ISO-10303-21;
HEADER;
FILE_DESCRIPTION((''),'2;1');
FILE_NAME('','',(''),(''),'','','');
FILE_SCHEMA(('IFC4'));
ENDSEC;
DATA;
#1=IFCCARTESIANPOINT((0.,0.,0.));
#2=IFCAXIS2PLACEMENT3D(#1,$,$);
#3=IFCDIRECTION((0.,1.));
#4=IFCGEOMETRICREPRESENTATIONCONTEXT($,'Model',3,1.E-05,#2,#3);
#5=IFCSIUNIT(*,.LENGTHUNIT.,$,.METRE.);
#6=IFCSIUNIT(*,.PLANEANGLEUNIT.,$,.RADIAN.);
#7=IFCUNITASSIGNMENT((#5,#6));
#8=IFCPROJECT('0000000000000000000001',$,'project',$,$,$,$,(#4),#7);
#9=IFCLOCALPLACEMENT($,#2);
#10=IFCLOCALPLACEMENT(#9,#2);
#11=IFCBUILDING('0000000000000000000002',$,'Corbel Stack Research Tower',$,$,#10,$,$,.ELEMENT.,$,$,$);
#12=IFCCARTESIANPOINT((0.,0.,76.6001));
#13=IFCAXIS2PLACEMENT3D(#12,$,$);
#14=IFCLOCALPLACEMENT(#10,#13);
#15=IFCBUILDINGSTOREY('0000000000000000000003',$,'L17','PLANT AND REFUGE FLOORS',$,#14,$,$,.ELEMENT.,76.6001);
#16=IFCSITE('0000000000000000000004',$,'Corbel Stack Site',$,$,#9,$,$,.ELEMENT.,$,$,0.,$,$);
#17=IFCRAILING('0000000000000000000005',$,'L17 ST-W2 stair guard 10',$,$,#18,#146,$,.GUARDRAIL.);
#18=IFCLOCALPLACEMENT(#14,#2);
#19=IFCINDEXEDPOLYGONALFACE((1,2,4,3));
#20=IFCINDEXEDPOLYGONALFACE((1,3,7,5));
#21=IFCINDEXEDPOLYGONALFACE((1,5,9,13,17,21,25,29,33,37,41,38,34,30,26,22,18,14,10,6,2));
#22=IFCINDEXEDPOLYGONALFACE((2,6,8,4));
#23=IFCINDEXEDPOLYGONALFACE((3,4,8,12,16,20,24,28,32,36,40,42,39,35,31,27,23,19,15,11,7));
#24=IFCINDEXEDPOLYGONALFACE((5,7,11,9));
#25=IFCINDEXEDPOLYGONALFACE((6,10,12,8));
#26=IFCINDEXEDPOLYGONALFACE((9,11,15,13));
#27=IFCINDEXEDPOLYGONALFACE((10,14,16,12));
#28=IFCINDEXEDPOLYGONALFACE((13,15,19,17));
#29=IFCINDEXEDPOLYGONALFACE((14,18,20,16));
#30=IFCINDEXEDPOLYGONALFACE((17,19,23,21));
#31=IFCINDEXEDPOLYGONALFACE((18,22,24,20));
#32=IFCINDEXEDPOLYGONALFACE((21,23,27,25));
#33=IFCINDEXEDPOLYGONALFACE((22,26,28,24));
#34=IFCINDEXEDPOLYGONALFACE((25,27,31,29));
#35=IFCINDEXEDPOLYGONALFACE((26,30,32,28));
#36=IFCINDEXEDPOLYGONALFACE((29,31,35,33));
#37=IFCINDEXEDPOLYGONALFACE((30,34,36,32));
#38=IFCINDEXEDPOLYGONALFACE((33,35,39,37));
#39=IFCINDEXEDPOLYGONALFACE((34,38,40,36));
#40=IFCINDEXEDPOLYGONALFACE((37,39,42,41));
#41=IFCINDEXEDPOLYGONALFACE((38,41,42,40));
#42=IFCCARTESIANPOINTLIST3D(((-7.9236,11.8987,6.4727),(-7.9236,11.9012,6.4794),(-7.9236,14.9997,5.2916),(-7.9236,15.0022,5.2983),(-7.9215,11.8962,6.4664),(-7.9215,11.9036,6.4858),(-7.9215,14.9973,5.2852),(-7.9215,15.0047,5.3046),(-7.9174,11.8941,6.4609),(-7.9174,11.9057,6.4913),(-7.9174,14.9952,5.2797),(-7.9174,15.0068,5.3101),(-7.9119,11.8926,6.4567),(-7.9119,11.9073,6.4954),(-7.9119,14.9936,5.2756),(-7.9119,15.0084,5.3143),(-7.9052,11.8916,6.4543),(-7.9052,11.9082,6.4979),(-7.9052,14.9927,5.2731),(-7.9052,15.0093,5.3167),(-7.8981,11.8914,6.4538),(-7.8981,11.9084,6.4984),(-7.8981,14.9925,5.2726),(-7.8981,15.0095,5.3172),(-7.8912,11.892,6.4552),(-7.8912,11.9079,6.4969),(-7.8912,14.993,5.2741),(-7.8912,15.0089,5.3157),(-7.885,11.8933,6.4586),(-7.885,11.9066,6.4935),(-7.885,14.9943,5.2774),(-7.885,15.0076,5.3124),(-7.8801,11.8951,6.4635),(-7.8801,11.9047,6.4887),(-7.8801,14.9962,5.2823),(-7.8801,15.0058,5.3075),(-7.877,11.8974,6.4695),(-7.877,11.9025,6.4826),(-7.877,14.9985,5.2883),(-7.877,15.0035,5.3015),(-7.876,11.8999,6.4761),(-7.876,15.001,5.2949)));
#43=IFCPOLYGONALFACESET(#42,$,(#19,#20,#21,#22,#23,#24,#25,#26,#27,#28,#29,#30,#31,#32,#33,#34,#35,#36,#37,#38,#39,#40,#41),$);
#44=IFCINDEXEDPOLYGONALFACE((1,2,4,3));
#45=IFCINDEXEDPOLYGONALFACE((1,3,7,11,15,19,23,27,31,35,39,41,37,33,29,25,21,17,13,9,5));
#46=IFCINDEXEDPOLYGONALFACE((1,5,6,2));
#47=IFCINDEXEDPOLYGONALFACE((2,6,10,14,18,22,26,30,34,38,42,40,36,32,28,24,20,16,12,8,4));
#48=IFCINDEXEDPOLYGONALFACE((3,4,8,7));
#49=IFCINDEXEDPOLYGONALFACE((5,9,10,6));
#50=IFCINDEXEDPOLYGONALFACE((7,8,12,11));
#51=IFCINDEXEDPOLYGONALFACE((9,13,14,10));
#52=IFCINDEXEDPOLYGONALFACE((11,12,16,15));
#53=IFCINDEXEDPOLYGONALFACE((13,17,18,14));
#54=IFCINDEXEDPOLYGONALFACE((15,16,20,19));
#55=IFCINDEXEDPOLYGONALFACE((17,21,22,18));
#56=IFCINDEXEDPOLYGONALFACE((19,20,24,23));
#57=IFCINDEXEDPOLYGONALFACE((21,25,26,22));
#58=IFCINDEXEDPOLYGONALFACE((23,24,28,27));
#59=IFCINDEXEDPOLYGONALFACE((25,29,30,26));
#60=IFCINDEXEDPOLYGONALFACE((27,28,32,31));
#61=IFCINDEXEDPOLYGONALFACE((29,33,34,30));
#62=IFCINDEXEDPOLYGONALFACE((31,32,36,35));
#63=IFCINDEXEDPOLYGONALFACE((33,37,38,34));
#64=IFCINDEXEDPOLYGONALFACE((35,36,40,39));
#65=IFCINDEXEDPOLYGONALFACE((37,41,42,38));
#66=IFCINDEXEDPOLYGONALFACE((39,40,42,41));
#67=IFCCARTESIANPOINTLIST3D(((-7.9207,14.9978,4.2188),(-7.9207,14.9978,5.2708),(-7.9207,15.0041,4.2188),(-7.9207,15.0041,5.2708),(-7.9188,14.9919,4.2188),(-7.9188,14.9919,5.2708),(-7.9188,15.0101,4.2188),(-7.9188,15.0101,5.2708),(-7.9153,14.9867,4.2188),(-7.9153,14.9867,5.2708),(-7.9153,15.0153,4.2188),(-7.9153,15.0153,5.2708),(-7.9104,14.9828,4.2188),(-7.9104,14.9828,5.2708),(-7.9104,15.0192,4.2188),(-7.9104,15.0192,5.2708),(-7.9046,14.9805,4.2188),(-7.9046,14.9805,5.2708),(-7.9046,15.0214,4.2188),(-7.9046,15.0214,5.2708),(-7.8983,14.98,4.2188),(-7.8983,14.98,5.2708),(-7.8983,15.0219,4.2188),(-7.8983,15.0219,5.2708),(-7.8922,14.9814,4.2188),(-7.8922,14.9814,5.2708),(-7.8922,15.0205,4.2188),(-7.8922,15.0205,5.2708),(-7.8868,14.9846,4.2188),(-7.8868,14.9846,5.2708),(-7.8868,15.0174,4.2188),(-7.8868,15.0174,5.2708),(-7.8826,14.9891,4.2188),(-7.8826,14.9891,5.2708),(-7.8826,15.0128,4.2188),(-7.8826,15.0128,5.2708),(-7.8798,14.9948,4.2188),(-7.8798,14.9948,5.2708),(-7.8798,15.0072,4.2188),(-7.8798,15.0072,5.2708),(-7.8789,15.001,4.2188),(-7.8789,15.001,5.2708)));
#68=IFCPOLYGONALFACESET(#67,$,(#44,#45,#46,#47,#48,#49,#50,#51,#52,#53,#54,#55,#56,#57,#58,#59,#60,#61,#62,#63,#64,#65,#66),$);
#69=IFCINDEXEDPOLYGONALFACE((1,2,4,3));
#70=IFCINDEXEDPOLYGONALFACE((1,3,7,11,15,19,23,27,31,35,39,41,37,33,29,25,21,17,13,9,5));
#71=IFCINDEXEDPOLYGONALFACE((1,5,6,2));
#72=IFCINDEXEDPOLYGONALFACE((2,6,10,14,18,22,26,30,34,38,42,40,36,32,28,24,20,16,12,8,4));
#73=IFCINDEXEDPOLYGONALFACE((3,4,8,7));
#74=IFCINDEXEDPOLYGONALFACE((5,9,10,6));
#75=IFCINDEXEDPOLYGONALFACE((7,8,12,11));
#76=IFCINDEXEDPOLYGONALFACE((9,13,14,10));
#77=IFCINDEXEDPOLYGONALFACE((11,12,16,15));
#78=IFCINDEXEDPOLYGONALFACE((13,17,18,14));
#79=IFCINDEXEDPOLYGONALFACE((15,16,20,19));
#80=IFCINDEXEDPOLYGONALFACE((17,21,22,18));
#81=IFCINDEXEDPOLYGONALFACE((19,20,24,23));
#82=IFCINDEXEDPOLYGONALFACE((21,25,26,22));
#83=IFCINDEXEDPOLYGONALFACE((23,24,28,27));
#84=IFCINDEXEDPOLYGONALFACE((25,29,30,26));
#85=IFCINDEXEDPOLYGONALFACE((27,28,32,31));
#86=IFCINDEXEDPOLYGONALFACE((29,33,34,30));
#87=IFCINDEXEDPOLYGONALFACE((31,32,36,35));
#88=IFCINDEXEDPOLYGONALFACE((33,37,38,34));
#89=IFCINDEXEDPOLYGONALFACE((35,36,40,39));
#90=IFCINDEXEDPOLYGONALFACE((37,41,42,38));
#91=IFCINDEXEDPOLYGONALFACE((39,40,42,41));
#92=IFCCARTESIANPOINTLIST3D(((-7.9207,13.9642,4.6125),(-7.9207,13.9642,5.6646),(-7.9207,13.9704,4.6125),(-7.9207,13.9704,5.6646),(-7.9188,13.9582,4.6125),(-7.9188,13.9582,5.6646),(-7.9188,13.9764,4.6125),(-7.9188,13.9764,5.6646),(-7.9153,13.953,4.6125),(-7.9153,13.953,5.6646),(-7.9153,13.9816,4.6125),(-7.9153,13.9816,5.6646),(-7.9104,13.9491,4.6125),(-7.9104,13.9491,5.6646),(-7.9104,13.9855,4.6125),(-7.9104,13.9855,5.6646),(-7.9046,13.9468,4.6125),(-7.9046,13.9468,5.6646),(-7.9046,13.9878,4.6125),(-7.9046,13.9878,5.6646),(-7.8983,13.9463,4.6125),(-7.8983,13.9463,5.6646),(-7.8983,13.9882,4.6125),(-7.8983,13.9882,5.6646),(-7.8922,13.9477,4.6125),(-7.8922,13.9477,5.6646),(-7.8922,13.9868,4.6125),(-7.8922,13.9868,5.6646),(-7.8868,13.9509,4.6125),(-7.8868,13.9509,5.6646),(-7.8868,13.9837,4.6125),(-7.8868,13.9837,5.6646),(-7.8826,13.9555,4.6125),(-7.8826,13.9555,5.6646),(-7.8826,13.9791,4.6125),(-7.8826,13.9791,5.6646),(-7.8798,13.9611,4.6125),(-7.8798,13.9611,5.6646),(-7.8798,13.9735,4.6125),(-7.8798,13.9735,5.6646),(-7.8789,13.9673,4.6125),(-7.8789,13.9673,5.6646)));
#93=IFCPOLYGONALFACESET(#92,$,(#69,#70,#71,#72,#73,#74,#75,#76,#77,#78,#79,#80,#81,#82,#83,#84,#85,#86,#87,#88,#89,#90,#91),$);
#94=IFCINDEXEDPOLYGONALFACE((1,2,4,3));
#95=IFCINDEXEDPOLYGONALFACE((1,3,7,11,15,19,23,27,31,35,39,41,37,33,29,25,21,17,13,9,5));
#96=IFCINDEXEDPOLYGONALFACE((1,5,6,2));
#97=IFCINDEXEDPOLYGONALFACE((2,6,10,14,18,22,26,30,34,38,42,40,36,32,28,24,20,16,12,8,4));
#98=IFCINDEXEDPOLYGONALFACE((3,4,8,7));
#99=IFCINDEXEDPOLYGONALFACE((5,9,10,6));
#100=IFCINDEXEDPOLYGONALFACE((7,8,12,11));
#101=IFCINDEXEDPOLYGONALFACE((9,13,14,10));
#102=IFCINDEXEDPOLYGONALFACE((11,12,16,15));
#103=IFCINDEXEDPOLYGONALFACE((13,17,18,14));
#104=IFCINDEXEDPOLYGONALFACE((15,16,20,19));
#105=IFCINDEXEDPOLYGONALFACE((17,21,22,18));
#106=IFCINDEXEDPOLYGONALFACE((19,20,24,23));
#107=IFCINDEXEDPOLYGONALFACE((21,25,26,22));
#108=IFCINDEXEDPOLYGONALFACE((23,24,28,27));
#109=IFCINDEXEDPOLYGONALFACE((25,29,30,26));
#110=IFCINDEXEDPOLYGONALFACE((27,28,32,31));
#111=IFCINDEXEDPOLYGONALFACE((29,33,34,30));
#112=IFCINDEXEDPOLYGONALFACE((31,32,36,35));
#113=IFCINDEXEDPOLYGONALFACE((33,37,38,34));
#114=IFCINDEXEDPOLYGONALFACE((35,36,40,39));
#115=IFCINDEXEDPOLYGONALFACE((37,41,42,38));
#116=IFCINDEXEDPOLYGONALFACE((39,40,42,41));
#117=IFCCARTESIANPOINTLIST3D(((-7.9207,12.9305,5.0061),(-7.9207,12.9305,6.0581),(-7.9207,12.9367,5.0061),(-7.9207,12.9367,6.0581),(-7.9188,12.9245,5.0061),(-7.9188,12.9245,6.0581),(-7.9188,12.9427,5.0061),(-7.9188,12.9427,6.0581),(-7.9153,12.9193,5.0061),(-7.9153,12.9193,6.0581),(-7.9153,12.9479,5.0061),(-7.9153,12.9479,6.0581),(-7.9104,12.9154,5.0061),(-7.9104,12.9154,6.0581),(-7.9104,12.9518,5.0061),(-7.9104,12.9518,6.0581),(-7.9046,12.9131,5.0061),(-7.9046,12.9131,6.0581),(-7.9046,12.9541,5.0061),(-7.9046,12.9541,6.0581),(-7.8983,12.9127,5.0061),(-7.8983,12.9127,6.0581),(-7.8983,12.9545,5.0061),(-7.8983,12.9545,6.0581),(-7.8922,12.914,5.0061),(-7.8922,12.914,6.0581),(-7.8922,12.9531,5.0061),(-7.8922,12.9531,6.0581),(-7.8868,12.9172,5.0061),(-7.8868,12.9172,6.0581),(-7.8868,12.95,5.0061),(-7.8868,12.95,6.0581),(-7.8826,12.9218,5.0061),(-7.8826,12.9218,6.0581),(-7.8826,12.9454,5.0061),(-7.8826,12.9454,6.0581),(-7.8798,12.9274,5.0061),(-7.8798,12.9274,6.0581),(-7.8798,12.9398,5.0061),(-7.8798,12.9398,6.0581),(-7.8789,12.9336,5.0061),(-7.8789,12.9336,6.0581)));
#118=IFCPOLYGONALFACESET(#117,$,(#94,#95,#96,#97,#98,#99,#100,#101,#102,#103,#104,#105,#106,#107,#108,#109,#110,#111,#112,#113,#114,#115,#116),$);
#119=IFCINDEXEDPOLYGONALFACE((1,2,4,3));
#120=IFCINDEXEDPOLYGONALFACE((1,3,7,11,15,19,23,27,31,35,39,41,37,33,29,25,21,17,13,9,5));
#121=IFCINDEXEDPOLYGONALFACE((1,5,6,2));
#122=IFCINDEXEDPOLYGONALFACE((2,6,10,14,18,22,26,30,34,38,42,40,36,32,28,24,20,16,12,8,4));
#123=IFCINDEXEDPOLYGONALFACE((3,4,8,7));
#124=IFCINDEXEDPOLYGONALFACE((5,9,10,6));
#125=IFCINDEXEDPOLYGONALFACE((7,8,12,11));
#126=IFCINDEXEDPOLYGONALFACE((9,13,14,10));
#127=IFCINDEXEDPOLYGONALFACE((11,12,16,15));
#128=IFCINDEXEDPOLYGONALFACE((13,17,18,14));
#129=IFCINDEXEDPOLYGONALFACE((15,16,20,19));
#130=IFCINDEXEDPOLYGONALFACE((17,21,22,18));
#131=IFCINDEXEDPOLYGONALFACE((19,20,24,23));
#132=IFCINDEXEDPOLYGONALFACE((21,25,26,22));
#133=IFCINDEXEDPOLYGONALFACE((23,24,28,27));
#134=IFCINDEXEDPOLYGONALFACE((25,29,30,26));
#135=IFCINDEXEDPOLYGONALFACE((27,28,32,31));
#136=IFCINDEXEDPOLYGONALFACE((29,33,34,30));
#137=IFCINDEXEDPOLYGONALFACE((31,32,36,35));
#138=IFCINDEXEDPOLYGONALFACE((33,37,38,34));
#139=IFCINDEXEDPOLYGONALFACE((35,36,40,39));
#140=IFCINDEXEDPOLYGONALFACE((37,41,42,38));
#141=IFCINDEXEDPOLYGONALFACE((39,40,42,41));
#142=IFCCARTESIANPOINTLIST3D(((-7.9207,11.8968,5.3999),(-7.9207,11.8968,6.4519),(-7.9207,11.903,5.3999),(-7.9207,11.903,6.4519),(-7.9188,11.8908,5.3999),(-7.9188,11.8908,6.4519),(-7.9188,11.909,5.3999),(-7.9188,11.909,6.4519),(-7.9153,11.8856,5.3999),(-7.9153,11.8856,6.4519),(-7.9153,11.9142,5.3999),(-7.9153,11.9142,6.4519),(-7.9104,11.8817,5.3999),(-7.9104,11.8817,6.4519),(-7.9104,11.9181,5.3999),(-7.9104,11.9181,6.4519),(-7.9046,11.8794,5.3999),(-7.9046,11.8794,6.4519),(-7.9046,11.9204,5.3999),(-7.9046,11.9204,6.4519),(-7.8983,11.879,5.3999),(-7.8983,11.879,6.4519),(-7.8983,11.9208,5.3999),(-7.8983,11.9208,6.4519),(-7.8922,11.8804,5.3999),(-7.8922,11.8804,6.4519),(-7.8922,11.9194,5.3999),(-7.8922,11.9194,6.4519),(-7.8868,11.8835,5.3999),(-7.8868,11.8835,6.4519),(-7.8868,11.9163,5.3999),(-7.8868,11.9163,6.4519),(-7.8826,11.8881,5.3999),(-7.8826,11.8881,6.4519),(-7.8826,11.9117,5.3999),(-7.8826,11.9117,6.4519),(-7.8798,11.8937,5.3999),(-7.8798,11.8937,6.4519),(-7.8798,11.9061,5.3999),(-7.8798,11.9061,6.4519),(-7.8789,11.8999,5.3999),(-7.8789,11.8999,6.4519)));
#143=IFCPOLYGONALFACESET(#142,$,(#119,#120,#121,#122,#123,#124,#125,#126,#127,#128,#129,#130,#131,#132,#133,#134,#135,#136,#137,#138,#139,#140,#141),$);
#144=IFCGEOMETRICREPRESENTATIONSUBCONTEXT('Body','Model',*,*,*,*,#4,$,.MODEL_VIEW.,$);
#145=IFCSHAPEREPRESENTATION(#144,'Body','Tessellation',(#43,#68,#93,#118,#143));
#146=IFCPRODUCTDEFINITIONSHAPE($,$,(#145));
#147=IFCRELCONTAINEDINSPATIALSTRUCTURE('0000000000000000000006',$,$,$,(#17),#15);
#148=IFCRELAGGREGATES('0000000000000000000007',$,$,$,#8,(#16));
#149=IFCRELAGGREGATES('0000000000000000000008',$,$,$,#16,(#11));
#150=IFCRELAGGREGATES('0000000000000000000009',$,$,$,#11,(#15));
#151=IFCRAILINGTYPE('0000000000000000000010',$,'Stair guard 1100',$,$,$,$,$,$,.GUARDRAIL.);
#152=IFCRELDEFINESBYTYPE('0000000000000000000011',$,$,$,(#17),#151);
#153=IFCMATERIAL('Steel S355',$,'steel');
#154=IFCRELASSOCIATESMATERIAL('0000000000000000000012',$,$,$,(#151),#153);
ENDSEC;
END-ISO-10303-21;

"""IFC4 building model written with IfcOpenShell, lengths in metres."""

from ifc_helpers import new_model, si_unit, direction, frame, origin, origin_2d, place, context, subcontext, project, spatial, circle, extrude, material, type_object, element, save


model = new_model("IFC4")

# Units and contexts
model_context = context("Model", 3, precision=1e-05, world=origin(), true_north=direction((0.0, 1.0)))
body_context = subcontext(model_context, "Body", "Model", "MODEL_VIEW")
ifc_project = project(units=[si_unit("LENGTHUNIT", "METRE"), si_unit("PLANEANGLEUNIT", "RADIAN")], contexts=[model_context])

# Site, building, storey
site_placement = place(None, origin())
site = spatial("IfcSite", under=ifc_project, at=site_placement, Name="Corbel Stack Site", CompositionType="ELEMENT", RefElevation=0.0)
building_placement = place(site_placement, origin())
building = spatial("IfcBuilding", under=site, at=building_placement, Name="Corbel Stack Research Tower", CompositionType="ELEMENT")
storey_placement = place(building_placement, frame((0.0, 0.0, 76.6001)))
storey = spatial("IfcBuildingStorey", under=building, at=storey_placement, Name="L17", Description="PLANT AND REFUGE FLOORS", CompositionType="ELEMENT", Elevation=76.6001)

# Railing
ifc_material_1 = material(Name="Steel S355", Category="steel")
railing_type_1 = type_object("IfcRailingType", Name="Stair guard 1100", PredefinedType="GUARDRAIL", material=ifc_material_1)
railing_1_placement = place(storey_placement, frame((-7.8999, 15.001, 4.2188)))
element("IfcRailing", 1, at=railing_1_placement, inside=storey, type_object=railing_type_1, Name="L17 ST-W2 stair guard 10", PredefinedType="GUARDRAIL", context=body_context, shape_type="SweptSolid", body=[
    extrude(circle(Radius=0.0239, at=origin_2d()), frame((0.0, 0.0, 1.0762), z_axis=(0.0, -0.934509, 0.35594), x_axis=(1.0, 0.0, 0.0)), (0.0, 0.0, 1.0), 3.3184),
    extrude(circle(Radius=0.021, at=origin_2d()), origin(), (0.0, 0.0, 1.0), 1.052),
    extrude(circle(Radius=0.021, at=origin_2d()), frame((0.0, -1.0337, 0.3938)), (0.0, 0.0, 1.0), 1.052),
    extrude(circle(Radius=0.021, at=origin_2d()), frame((0.0, -2.0674, 0.7874)), (0.0, 0.0, 1.0), 1.052),
    extrude(circle(Radius=0.021, at=origin_2d()), frame((0.0, -3.1011, 1.1812)), (0.0, 0.0, 1.0), 1.052),
])

save(model, "model.ifc")
